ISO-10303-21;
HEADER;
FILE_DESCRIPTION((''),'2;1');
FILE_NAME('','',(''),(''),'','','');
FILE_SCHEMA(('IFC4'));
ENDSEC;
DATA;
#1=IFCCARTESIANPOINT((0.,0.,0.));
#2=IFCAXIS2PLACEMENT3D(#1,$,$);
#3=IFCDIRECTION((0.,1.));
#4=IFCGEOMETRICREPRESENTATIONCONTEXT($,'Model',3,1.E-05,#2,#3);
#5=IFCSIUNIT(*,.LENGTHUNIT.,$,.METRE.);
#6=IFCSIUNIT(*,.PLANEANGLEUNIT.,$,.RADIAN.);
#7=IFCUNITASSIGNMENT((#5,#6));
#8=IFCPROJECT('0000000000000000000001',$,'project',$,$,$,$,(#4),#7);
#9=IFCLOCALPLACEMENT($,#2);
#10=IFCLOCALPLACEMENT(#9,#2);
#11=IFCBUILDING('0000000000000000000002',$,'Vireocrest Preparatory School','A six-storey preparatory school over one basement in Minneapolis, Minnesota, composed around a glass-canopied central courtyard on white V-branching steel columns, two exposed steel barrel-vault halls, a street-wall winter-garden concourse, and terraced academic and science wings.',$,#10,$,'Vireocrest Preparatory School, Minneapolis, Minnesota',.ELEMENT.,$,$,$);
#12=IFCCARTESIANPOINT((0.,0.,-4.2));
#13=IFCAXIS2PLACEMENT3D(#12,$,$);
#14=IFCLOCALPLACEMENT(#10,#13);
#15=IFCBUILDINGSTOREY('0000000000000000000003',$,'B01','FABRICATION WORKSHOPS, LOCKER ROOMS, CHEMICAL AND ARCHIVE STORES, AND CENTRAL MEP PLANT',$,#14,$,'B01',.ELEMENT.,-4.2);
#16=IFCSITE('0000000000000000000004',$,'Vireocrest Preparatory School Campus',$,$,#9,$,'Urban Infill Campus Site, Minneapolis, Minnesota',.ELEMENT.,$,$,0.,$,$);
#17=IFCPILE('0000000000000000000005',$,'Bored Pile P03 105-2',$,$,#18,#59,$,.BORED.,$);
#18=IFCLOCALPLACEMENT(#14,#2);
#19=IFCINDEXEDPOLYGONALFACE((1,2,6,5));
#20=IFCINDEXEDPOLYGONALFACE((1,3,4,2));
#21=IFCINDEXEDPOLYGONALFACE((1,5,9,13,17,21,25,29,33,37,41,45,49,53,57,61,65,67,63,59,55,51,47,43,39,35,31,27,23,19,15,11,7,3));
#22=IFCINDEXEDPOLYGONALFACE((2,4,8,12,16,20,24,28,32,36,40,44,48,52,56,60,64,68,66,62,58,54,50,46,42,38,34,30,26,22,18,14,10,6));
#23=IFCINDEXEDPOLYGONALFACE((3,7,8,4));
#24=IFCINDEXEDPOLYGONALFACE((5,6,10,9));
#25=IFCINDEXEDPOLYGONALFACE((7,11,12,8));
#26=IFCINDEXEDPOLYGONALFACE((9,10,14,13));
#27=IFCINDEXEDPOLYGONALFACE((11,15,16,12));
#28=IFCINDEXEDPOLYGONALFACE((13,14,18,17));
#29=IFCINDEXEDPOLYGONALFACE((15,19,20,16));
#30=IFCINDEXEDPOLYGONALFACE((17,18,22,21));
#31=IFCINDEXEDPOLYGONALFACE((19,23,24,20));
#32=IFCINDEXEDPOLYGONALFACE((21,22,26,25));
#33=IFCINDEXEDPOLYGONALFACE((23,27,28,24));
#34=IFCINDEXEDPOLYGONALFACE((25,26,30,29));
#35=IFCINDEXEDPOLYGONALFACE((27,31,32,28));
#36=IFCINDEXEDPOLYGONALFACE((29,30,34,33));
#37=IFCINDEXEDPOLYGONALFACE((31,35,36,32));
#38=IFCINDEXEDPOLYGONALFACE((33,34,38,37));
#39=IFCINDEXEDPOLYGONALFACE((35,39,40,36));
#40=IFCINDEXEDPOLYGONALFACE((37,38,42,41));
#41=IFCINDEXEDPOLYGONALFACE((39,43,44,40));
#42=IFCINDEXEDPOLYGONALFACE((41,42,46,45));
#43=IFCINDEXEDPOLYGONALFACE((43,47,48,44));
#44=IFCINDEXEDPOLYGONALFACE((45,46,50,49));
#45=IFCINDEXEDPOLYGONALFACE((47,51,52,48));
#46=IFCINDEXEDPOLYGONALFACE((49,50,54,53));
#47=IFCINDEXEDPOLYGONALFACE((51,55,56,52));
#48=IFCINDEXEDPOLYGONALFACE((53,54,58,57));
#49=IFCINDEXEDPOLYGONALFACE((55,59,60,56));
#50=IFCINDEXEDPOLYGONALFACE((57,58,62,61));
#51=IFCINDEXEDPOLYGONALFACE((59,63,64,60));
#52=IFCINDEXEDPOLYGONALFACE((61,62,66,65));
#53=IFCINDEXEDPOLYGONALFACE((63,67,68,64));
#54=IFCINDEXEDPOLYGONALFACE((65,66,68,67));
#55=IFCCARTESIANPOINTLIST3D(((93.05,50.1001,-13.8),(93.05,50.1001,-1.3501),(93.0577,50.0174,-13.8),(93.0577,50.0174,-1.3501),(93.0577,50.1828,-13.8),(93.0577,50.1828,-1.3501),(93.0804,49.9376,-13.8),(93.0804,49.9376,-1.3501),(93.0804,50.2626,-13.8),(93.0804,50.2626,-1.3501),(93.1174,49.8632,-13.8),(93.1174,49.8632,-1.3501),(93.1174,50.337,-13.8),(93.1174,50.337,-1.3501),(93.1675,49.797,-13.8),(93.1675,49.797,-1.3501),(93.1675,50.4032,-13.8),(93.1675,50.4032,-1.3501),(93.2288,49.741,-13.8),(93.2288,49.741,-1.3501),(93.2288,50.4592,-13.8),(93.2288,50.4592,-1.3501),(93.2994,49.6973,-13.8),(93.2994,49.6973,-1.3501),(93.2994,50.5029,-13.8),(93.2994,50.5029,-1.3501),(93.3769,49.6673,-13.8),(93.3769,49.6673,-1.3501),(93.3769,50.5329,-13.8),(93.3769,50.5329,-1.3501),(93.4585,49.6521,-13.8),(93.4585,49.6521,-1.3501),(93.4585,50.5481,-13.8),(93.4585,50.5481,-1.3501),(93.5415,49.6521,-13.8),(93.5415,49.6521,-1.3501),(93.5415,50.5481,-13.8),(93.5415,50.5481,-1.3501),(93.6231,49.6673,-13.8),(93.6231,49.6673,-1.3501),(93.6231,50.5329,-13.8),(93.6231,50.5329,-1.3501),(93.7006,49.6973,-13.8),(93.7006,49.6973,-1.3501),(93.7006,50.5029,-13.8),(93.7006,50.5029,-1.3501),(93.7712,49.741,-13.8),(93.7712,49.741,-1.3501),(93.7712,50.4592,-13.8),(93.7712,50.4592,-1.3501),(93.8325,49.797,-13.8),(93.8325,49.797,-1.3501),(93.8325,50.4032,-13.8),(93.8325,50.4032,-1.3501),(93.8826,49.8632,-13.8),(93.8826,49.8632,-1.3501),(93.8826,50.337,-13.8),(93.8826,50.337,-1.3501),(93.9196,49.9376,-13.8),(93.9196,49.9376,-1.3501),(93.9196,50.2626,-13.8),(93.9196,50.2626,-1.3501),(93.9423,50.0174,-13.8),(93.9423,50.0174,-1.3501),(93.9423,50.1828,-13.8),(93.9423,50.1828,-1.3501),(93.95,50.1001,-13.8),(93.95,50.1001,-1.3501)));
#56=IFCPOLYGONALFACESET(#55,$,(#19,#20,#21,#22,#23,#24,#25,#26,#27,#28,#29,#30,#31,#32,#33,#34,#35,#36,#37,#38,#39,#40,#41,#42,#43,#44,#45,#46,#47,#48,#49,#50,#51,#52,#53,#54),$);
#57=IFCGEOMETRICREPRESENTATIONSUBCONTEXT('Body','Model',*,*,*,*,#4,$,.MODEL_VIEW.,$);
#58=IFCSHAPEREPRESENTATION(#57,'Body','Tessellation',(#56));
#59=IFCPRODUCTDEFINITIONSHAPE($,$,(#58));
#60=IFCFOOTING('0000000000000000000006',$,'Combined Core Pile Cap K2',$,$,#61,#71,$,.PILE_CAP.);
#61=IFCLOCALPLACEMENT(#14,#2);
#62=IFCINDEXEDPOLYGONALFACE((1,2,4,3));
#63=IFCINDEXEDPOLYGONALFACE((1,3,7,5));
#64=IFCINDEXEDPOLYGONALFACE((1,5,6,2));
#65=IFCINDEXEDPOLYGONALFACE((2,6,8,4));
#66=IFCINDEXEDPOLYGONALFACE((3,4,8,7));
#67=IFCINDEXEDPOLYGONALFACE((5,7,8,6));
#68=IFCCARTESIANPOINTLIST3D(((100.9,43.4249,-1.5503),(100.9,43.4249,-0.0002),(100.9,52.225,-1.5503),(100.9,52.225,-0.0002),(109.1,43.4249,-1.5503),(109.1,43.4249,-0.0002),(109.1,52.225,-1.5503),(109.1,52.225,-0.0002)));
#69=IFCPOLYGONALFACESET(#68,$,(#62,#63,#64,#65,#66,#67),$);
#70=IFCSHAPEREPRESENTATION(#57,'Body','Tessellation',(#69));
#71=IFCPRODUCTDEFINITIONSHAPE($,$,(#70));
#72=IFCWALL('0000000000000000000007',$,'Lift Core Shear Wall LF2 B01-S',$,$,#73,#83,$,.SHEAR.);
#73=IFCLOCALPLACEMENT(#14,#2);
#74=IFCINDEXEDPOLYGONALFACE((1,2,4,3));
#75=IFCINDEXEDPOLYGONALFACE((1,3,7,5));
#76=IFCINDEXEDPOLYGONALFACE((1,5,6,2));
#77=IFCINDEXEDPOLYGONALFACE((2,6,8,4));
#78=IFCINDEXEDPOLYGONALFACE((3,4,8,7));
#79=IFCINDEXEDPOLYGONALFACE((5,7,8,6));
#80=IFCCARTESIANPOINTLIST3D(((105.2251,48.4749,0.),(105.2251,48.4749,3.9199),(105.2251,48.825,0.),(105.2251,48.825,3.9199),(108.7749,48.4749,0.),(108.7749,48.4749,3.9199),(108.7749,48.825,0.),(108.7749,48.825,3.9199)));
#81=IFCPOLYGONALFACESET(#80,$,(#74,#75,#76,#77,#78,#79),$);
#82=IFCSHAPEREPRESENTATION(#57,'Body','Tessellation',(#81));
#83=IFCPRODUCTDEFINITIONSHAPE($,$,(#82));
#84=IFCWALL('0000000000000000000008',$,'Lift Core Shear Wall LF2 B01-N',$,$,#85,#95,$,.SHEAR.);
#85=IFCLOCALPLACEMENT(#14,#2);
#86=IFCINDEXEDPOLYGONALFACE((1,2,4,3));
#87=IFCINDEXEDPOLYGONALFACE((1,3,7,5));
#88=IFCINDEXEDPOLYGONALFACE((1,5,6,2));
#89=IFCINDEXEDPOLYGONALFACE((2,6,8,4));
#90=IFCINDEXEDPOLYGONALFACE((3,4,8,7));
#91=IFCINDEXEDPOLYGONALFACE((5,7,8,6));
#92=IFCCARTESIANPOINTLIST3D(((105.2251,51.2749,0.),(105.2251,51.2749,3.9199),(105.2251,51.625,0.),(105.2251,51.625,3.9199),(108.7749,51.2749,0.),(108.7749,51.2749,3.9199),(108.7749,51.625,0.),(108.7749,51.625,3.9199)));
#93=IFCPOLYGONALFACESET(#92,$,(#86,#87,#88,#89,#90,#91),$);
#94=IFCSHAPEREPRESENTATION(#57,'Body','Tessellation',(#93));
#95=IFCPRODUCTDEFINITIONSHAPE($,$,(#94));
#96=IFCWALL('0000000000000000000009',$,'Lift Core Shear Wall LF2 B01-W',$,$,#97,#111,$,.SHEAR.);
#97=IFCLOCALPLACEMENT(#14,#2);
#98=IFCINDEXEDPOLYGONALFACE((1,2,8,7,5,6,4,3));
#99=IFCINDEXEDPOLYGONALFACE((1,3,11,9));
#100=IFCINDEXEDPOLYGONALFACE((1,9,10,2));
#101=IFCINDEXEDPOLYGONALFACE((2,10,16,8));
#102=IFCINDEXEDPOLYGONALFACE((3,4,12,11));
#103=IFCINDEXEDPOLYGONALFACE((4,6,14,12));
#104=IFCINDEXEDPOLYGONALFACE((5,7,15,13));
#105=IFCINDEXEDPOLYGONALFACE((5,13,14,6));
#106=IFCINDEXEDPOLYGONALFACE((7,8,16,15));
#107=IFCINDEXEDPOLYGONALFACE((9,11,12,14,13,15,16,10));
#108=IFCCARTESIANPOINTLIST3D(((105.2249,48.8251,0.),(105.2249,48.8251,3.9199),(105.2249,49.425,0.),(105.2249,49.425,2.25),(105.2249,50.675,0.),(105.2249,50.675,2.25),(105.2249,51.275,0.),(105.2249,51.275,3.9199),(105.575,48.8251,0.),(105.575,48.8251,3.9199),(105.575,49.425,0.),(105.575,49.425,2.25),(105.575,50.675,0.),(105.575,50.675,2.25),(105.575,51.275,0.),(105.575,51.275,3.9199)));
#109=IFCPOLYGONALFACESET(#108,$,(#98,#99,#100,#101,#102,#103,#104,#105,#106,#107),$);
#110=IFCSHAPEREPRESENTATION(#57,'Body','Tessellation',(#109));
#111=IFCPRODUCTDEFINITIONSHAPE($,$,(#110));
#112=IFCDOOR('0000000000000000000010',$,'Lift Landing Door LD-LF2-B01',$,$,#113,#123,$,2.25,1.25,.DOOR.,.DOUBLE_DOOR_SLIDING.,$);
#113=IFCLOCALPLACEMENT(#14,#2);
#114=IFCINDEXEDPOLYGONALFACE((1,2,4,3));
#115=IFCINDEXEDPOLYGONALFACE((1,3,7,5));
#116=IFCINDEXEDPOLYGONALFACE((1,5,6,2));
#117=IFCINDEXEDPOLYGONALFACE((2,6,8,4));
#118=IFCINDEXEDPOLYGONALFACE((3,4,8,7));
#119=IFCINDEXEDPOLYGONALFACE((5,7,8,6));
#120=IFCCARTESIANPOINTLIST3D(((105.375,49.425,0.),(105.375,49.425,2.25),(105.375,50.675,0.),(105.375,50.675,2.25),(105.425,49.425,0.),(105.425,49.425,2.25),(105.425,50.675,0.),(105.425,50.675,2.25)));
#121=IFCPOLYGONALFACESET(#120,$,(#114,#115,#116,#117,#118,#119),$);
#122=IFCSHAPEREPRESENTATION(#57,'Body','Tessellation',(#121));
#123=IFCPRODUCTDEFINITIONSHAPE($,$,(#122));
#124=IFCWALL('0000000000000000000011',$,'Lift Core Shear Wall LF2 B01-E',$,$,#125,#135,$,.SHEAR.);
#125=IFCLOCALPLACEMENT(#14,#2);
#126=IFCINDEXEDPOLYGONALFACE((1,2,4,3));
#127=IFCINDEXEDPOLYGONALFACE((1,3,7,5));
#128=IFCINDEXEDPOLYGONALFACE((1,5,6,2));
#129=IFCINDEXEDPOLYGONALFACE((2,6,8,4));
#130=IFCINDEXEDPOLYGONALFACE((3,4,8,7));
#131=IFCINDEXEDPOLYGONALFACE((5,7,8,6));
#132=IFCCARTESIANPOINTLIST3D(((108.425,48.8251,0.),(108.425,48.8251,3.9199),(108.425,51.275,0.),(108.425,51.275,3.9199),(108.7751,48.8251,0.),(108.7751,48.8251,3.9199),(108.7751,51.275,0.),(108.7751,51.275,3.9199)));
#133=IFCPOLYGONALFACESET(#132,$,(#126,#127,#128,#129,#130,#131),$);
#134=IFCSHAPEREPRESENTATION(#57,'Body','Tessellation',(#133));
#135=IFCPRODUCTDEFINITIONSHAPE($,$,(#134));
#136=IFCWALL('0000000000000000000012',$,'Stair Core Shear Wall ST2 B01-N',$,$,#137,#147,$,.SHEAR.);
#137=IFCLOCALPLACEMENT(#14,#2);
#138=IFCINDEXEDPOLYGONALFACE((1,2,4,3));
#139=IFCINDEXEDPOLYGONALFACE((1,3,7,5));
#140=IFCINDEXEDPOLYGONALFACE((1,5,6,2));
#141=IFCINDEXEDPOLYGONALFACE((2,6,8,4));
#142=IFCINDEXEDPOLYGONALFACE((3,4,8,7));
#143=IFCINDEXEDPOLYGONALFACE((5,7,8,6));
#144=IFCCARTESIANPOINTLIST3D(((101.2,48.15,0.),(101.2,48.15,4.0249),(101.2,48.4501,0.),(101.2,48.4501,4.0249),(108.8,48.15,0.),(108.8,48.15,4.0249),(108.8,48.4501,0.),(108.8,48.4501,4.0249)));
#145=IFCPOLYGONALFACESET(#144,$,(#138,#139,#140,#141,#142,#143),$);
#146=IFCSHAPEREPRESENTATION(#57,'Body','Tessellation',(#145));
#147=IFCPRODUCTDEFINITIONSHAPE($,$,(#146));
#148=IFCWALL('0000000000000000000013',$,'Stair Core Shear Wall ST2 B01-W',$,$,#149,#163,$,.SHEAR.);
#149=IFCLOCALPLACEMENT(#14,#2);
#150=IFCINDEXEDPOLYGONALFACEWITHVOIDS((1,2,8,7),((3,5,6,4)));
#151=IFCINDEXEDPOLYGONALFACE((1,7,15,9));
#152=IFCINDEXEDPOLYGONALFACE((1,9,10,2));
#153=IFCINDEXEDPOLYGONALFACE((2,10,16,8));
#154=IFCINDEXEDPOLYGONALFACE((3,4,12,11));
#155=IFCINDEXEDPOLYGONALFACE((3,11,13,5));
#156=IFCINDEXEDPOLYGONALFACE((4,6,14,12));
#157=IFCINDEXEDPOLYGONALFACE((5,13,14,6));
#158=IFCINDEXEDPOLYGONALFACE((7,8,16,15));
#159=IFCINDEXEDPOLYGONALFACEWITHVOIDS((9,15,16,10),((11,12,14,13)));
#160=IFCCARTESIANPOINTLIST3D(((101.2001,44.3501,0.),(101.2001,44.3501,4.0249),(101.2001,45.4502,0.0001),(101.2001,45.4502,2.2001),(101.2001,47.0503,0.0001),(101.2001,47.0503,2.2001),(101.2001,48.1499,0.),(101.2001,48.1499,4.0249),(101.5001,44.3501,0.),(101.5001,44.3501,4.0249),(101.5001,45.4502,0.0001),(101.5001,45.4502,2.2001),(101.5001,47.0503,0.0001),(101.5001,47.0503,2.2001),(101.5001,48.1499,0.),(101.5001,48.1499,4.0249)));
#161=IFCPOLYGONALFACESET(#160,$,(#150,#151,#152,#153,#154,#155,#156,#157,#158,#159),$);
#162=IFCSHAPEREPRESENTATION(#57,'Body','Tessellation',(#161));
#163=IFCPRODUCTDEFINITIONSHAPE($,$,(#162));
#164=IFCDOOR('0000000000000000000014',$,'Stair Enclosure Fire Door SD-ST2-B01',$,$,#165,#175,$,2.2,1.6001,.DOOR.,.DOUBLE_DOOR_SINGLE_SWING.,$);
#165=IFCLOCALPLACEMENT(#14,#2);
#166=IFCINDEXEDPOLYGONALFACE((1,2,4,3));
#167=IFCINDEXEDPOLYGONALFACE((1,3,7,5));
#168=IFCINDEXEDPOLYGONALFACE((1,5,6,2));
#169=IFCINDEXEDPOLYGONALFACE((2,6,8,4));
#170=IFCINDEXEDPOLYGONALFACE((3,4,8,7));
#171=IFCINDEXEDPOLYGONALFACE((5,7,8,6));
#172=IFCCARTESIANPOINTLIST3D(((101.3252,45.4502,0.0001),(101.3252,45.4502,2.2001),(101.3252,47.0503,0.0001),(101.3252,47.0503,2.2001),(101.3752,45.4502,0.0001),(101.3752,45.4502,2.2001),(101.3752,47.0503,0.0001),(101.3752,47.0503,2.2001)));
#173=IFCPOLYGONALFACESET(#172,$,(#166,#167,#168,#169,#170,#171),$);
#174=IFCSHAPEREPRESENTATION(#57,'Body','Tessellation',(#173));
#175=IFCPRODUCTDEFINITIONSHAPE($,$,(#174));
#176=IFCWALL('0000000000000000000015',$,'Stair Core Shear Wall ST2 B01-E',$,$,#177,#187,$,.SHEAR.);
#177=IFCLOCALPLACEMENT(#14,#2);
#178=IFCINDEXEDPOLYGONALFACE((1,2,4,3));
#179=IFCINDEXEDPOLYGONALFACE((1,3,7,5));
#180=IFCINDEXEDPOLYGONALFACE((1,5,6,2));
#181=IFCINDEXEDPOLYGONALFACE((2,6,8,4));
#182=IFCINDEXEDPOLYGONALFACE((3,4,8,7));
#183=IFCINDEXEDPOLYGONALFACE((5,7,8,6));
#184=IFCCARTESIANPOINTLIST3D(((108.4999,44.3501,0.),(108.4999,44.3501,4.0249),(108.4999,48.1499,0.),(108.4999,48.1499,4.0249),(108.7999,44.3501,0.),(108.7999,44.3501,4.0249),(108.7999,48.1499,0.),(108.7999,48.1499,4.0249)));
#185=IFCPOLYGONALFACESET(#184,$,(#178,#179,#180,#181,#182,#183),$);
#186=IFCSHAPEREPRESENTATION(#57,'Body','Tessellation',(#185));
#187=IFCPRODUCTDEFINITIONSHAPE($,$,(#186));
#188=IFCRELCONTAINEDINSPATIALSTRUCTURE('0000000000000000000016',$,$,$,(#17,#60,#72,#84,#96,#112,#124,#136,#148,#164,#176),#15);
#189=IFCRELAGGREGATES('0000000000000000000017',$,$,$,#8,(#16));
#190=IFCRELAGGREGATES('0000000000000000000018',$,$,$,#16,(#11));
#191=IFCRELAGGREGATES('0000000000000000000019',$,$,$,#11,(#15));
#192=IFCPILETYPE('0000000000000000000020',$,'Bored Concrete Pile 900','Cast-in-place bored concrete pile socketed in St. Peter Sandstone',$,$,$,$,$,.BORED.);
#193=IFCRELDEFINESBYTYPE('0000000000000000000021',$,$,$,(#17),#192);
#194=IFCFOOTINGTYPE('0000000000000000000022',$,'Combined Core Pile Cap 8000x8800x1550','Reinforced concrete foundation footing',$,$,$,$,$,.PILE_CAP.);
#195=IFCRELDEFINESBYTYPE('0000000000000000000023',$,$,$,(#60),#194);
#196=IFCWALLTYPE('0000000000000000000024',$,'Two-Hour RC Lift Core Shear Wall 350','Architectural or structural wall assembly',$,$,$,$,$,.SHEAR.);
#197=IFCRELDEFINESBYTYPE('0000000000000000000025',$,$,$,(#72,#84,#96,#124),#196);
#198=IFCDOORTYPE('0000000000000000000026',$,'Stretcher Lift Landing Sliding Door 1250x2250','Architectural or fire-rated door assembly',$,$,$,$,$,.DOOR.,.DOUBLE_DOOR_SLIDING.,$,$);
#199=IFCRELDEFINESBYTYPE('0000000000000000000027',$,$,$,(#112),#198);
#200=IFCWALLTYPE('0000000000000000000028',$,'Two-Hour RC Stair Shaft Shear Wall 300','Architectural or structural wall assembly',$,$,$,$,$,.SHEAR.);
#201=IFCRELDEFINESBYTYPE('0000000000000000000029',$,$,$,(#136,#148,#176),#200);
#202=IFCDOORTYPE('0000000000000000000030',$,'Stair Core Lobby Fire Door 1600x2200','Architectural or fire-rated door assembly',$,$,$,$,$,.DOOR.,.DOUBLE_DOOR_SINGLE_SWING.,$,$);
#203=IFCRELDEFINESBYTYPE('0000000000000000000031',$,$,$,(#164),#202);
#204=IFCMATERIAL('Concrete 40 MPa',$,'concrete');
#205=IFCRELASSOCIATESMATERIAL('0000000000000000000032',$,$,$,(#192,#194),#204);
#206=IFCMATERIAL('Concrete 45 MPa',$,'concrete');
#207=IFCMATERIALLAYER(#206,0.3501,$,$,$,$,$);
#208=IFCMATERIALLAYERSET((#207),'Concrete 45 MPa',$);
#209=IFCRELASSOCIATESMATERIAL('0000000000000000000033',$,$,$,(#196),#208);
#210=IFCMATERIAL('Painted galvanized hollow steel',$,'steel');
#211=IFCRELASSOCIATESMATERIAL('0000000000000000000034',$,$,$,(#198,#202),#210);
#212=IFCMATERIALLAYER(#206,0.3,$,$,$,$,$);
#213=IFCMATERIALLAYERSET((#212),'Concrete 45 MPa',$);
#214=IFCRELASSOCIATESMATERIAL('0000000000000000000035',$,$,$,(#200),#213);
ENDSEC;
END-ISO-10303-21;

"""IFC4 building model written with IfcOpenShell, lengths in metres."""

from ifc_helpers import new_model, si_unit, direction, frame, frame_2d, origin, origin_2d, place, context, subcontext, project, spatial, rectangle, circle, extrude, material, layer, layer_set, material_profile, profile_set, type_object, element, fill, save


model = new_model("IFC4")

# Units and contexts
model_context = context("Model", 3, precision=1e-05, world=origin(), true_north=direction((0.0, 1.0)))
body_context = subcontext(model_context, "Body", "Model", "MODEL_VIEW")
ifc_project = project(units=[si_unit("LENGTHUNIT", "METRE"), si_unit("PLANEANGLEUNIT", "RADIAN")], contexts=[model_context])

# Site, building, storey
site_placement = place(None, origin())
site = spatial("IfcSite", under=ifc_project, at=site_placement, Name="Vireocrest Preparatory School Campus", LongName="Urban Infill Campus Site, Minneapolis, Minnesota", CompositionType="ELEMENT", RefElevation=0.0)
building_placement = place(site_placement, origin())
building = spatial("IfcBuilding", under=site, at=building_placement, Name="Vireocrest Preparatory School", Description="A six-storey preparatory school over one basement in Minneapolis, Minnesota, composed around a glass-canopied central courtyard on white V-branching steel columns, two exposed steel barrel-vault halls, a street-wall winter-garden concourse, and terraced academic and science wings.", LongName="Vireocrest Preparatory School, Minneapolis, Minnesota", CompositionType="ELEMENT")
storey_placement = place(building_placement, frame((0.0, 0.0, -4.2)))
storey = spatial("IfcBuildingStorey", under=building, at=storey_placement, Name="B01", Description="FABRICATION WORKSHOPS, LOCKER ROOMS, CHEMICAL AND ARCHIVE STORES, AND CENTRAL MEP PLANT", LongName="B01", CompositionType="ELEMENT", Elevation=-4.2)

# Pile
ifc_material_1 = material(Name="Concrete 40 MPa", Category="concrete")
ifc_material_profile_1 = material_profile(ifc_material_1, circle(Radius=0.45, at=origin_2d()), Name="BORED PILE 900")
ifc_profile_set_1 = profile_set([ifc_material_profile_1], Name="Concrete 40 MPa")
pile_type_1 = type_object("IfcPileType", Name="Bored Concrete Pile 900", Description="Cast-in-place bored concrete pile socketed in St. Peter Sandstone", PredefinedType="BORED", material=ifc_profile_set_1)
for number, where, z_axis, x_axis, name in (
    (1, (93.5, 50.1001, -1.3501), (0.0, 0.0, -1.0), (1.0, 0.0, 0.0), "Bored Pile P03 105-2"),
):
    element("IfcPile", number, at=place(storey_placement, frame(where, z_axis=z_axis, x_axis=x_axis)), inside=storey, type_object=pile_type_1, Name=name, PredefinedType="BORED", context=body_context, shape_type="SweptSolid", body=[
        extrude(circle(Radius=0.45, at=origin_2d()), origin(), (0.0, 0.0, 1.0), 12.45),
    ])

# Footing
footing_type = type_object("IfcFootingType", Name="Combined Core Pile Cap 8000x8800x1550", Description="Reinforced concrete foundation footing", PredefinedType="PILE_CAP", material=ifc_material_1)
footing_placement = place(storey_placement, frame((105.0, 47.825, -1.5503), z_axis=(0.0, 0.0, 1.0), x_axis=(1.0, 0.0, 0.0)))
element("IfcFooting", 2, at=footing_placement, inside=storey, type_object=footing_type, Name="Combined Core Pile Cap K2", PredefinedType="PILE_CAP", context=body_context, shape_type="SweptSolid", body=[
    extrude(rectangle(XDim=8.2, YDim=8.8, at=origin_2d()), origin(), (0.0, 0.0, 1.0), 1.55),
])

# Walls
ifc_material_2 = material(Name="Concrete 45 MPa", Category="concrete")
ifc_layer_1 = layer(ifc_material_2, 0.3501)
ifc_layer_set_1 = layer_set([ifc_layer_1], Name="Concrete 45 MPa")
wall_type_1 = type_object("IfcWallType", Name="Two-Hour RC Lift Core Shear Wall 350", Description="Architectural or structural wall assembly", PredefinedType="SHEAR", material=ifc_layer_set_1)
for number, where, z_axis, x_axis, name in (
    (3, (105.2251, 48.6499, 0.0), (0.0, 0.0, 1.0), (1.0, 0.0, 0.0), "Lift Core Shear Wall LF2 B01-S"),
    (4, (105.2251, 51.45, 0.0), (0.0, 0.0, 1.0), (1.0, 0.0, 0.0), "Lift Core Shear Wall LF2 B01-N"),
):
    element("IfcWall", number, at=place(storey_placement, frame(where, z_axis=z_axis, x_axis=x_axis)), inside=storey, type_object=wall_type_1, Name=name, PredefinedType="SHEAR", context=body_context, shape_type="SweptSolid", body=[
        extrude(rectangle(XDim=3.5498, YDim=0.3501, at=frame_2d((1.7749, 0.0))), origin(), (0.0, 0.0, 1.0), 3.9199),
    ])

# Wall, opening, door
wall_1_placement = place(storey_placement, frame((105.3999, 48.825, 0.0), z_axis=(0.0, 0.0, 1.0), x_axis=(0.0, 1.0, 0.0)))
wall_1 = element("IfcWall", 5, at=wall_1_placement, inside=storey, type_object=wall_type_1, Name="Lift Core Shear Wall LF2 B01-W", PredefinedType="SHEAR", context=body_context, shape_type="SweptSolid", body=[
    extrude(rectangle(XDim=2.45, YDim=0.3501, at=frame_2d((1.2251, 0.0))), origin(), (0.0, 0.0, 1.0), 3.9199),
])
opening_1_placement = place(wall_1_placement, frame((0.6001, 0.0, 0.0)))
opening_1 = element("IfcOpeningElement", 6, at=opening_1_placement, cuts=wall_1, PredefinedType="OPENING", context=body_context, shape_type="SweptSolid", body=[
    extrude(rectangle(XDim=1.25, YDim=2.25, at=frame_2d((0.625, 1.125))), frame((0.0, 0.1851, 0.0), z_axis=(0.0, -1.0, 0.0), x_axis=(1.0, 0.0, 0.0)), (0.0, 0.0, 1.0), 0.3701),
])
ifc_material_3 = material(Name="Painted galvanized hollow steel", Category="steel")
door_type_1 = type_object("IfcDoorType", Name="Stretcher Lift Landing Sliding Door 1250x2250", Description="Architectural or fire-rated door assembly", OperationType="DOUBLE_DOOR_SLIDING", PredefinedType="DOOR", material=ifc_material_3)
door_1_placement = place(opening_1_placement, origin())
door_1 = element("IfcDoor", 7, at=door_1_placement, inside=storey, type_object=door_type_1, Name="Lift Landing Door LD-LF2-B01", OperationType="DOUBLE_DOOR_SLIDING", OverallHeight=2.25, OverallWidth=1.25, PredefinedType="DOOR", context=body_context, shape_type="SweptSolid", body=[
    extrude(rectangle(XDim=1.25, YDim=2.25, at=frame_2d((0.625, 1.125))), frame((0.0, 0.0249, 0.0), z_axis=(0.0, -1.0, 0.0), x_axis=(1.0, 0.0, 0.0)), (0.0, 0.0, 1.0), 0.05),
])
fill(opening_1, door_1)

# Walls
wall_2_placement = place(storey_placement, frame((108.6001, 48.825, 0.0), z_axis=(0.0, 0.0, 1.0), x_axis=(0.0, 1.0, 0.0)))
element("IfcWall", 8, at=wall_2_placement, inside=storey, type_object=wall_type_1, Name="Lift Core Shear Wall LF2 B01-E", PredefinedType="SHEAR", context=body_context, shape_type="SweptSolid", body=[
    extrude(rectangle(XDim=2.45, YDim=0.3501, at=frame_2d((1.2251, 0.0))), origin(), (0.0, 0.0, 1.0), 3.9199),
])
ifc_layer_2 = layer(ifc_material_2, 0.3)
ifc_layer_set_2 = layer_set([ifc_layer_2], Name="Concrete 45 MPa")
wall_type_2 = type_object("IfcWallType", Name="Two-Hour RC Stair Shaft Shear Wall 300", Description="Architectural or structural wall assembly", PredefinedType="SHEAR", material=ifc_layer_set_2)
wall_3_placement = place(storey_placement, frame((101.2, 48.3, 0.0), z_axis=(0.0, 0.0, 1.0), x_axis=(1.0, 0.0, 0.0)))
element("IfcWall", 9, at=wall_3_placement, inside=storey, type_object=wall_type_2, Name="Stair Core Shear Wall ST2 B01-N", PredefinedType="SHEAR", context=body_context, shape_type="SweptSolid", body=[
    extrude(rectangle(XDim=7.6001, YDim=0.3, at=frame_2d((3.8, 0.0))), origin(), (0.0, 0.0, 1.0), 4.0249),
])

# Wall, opening, door
wall_4_placement = place(storey_placement, frame((101.3501, 44.3501, 0.0), z_axis=(0.0, 0.0, 1.0), x_axis=(0.0, 1.0, 0.0)))
wall_4 = element("IfcWall", 10, at=wall_4_placement, inside=storey, type_object=wall_type_2, Name="Stair Core Shear Wall ST2 B01-W", PredefinedType="SHEAR", context=body_context, shape_type="SweptSolid", body=[
    extrude(rectangle(XDim=3.7998, YDim=0.3, at=frame_2d((1.8999, 0.0))), origin(), (0.0, 0.0, 1.0), 4.0249),
])
opening_2_placement = place(wall_4_placement, frame((1.1001, 0.0, 0.0)))
opening_2 = element("IfcOpeningElement", 11, at=opening_2_placement, cuts=wall_4, PredefinedType="OPENING", context=body_context, shape_type="SweptSolid", body=[
    extrude(rectangle(XDim=1.6001, YDim=2.2, at=frame_2d((0.8, 1.1001))), frame((0.0, 0.1599, 0.0), z_axis=(0.0, -1.0, 0.0), x_axis=(1.0, 0.0, 0.0)), (0.0, 0.0, 1.0), 0.3201),
])
door_type_2 = type_object("IfcDoorType", Name="Stair Core Lobby Fire Door 1600x2200", Description="Architectural or fire-rated door assembly", OperationType="DOUBLE_DOOR_SINGLE_SWING", PredefinedType="DOOR", material=ifc_material_3)
door_2_placement = place(opening_2_placement, origin())
door_2 = element("IfcDoor", 12, at=door_2_placement, inside=storey, type_object=door_type_2, Name="Stair Enclosure Fire Door SD-ST2-B01", OperationType="DOUBLE_DOOR_SINGLE_SWING", OverallHeight=2.2, OverallWidth=1.6001, PredefinedType="DOOR", context=body_context, shape_type="SweptSolid", body=[
    extrude(rectangle(XDim=1.6001, YDim=2.2, at=frame_2d((0.8, 1.1001))), frame((0.0, 0.0249, 0.0), z_axis=(0.0, -1.0, 0.0), x_axis=(1.0, 0.0, 0.0)), (0.0, 0.0, 1.0), 0.05),
])
fill(opening_2, door_2)

# Wall
wall_5_placement = place(storey_placement, frame((108.6499, 44.3501, 0.0), z_axis=(0.0, 0.0, 1.0), x_axis=(0.0, 1.0, 0.0)))
element("IfcWall", 13, at=wall_5_placement, inside=storey, type_object=wall_type_2, Name="Stair Core Shear Wall ST2 B01-E", PredefinedType="SHEAR", context=body_context, shape_type="SweptSolid", body=[
    extrude(rectangle(XDim=3.7998, YDim=0.3, at=frame_2d((1.8999, 0.0))), origin(), (0.0, 0.0, 1.0), 4.0249),
])

save(model, "model.ifc")
